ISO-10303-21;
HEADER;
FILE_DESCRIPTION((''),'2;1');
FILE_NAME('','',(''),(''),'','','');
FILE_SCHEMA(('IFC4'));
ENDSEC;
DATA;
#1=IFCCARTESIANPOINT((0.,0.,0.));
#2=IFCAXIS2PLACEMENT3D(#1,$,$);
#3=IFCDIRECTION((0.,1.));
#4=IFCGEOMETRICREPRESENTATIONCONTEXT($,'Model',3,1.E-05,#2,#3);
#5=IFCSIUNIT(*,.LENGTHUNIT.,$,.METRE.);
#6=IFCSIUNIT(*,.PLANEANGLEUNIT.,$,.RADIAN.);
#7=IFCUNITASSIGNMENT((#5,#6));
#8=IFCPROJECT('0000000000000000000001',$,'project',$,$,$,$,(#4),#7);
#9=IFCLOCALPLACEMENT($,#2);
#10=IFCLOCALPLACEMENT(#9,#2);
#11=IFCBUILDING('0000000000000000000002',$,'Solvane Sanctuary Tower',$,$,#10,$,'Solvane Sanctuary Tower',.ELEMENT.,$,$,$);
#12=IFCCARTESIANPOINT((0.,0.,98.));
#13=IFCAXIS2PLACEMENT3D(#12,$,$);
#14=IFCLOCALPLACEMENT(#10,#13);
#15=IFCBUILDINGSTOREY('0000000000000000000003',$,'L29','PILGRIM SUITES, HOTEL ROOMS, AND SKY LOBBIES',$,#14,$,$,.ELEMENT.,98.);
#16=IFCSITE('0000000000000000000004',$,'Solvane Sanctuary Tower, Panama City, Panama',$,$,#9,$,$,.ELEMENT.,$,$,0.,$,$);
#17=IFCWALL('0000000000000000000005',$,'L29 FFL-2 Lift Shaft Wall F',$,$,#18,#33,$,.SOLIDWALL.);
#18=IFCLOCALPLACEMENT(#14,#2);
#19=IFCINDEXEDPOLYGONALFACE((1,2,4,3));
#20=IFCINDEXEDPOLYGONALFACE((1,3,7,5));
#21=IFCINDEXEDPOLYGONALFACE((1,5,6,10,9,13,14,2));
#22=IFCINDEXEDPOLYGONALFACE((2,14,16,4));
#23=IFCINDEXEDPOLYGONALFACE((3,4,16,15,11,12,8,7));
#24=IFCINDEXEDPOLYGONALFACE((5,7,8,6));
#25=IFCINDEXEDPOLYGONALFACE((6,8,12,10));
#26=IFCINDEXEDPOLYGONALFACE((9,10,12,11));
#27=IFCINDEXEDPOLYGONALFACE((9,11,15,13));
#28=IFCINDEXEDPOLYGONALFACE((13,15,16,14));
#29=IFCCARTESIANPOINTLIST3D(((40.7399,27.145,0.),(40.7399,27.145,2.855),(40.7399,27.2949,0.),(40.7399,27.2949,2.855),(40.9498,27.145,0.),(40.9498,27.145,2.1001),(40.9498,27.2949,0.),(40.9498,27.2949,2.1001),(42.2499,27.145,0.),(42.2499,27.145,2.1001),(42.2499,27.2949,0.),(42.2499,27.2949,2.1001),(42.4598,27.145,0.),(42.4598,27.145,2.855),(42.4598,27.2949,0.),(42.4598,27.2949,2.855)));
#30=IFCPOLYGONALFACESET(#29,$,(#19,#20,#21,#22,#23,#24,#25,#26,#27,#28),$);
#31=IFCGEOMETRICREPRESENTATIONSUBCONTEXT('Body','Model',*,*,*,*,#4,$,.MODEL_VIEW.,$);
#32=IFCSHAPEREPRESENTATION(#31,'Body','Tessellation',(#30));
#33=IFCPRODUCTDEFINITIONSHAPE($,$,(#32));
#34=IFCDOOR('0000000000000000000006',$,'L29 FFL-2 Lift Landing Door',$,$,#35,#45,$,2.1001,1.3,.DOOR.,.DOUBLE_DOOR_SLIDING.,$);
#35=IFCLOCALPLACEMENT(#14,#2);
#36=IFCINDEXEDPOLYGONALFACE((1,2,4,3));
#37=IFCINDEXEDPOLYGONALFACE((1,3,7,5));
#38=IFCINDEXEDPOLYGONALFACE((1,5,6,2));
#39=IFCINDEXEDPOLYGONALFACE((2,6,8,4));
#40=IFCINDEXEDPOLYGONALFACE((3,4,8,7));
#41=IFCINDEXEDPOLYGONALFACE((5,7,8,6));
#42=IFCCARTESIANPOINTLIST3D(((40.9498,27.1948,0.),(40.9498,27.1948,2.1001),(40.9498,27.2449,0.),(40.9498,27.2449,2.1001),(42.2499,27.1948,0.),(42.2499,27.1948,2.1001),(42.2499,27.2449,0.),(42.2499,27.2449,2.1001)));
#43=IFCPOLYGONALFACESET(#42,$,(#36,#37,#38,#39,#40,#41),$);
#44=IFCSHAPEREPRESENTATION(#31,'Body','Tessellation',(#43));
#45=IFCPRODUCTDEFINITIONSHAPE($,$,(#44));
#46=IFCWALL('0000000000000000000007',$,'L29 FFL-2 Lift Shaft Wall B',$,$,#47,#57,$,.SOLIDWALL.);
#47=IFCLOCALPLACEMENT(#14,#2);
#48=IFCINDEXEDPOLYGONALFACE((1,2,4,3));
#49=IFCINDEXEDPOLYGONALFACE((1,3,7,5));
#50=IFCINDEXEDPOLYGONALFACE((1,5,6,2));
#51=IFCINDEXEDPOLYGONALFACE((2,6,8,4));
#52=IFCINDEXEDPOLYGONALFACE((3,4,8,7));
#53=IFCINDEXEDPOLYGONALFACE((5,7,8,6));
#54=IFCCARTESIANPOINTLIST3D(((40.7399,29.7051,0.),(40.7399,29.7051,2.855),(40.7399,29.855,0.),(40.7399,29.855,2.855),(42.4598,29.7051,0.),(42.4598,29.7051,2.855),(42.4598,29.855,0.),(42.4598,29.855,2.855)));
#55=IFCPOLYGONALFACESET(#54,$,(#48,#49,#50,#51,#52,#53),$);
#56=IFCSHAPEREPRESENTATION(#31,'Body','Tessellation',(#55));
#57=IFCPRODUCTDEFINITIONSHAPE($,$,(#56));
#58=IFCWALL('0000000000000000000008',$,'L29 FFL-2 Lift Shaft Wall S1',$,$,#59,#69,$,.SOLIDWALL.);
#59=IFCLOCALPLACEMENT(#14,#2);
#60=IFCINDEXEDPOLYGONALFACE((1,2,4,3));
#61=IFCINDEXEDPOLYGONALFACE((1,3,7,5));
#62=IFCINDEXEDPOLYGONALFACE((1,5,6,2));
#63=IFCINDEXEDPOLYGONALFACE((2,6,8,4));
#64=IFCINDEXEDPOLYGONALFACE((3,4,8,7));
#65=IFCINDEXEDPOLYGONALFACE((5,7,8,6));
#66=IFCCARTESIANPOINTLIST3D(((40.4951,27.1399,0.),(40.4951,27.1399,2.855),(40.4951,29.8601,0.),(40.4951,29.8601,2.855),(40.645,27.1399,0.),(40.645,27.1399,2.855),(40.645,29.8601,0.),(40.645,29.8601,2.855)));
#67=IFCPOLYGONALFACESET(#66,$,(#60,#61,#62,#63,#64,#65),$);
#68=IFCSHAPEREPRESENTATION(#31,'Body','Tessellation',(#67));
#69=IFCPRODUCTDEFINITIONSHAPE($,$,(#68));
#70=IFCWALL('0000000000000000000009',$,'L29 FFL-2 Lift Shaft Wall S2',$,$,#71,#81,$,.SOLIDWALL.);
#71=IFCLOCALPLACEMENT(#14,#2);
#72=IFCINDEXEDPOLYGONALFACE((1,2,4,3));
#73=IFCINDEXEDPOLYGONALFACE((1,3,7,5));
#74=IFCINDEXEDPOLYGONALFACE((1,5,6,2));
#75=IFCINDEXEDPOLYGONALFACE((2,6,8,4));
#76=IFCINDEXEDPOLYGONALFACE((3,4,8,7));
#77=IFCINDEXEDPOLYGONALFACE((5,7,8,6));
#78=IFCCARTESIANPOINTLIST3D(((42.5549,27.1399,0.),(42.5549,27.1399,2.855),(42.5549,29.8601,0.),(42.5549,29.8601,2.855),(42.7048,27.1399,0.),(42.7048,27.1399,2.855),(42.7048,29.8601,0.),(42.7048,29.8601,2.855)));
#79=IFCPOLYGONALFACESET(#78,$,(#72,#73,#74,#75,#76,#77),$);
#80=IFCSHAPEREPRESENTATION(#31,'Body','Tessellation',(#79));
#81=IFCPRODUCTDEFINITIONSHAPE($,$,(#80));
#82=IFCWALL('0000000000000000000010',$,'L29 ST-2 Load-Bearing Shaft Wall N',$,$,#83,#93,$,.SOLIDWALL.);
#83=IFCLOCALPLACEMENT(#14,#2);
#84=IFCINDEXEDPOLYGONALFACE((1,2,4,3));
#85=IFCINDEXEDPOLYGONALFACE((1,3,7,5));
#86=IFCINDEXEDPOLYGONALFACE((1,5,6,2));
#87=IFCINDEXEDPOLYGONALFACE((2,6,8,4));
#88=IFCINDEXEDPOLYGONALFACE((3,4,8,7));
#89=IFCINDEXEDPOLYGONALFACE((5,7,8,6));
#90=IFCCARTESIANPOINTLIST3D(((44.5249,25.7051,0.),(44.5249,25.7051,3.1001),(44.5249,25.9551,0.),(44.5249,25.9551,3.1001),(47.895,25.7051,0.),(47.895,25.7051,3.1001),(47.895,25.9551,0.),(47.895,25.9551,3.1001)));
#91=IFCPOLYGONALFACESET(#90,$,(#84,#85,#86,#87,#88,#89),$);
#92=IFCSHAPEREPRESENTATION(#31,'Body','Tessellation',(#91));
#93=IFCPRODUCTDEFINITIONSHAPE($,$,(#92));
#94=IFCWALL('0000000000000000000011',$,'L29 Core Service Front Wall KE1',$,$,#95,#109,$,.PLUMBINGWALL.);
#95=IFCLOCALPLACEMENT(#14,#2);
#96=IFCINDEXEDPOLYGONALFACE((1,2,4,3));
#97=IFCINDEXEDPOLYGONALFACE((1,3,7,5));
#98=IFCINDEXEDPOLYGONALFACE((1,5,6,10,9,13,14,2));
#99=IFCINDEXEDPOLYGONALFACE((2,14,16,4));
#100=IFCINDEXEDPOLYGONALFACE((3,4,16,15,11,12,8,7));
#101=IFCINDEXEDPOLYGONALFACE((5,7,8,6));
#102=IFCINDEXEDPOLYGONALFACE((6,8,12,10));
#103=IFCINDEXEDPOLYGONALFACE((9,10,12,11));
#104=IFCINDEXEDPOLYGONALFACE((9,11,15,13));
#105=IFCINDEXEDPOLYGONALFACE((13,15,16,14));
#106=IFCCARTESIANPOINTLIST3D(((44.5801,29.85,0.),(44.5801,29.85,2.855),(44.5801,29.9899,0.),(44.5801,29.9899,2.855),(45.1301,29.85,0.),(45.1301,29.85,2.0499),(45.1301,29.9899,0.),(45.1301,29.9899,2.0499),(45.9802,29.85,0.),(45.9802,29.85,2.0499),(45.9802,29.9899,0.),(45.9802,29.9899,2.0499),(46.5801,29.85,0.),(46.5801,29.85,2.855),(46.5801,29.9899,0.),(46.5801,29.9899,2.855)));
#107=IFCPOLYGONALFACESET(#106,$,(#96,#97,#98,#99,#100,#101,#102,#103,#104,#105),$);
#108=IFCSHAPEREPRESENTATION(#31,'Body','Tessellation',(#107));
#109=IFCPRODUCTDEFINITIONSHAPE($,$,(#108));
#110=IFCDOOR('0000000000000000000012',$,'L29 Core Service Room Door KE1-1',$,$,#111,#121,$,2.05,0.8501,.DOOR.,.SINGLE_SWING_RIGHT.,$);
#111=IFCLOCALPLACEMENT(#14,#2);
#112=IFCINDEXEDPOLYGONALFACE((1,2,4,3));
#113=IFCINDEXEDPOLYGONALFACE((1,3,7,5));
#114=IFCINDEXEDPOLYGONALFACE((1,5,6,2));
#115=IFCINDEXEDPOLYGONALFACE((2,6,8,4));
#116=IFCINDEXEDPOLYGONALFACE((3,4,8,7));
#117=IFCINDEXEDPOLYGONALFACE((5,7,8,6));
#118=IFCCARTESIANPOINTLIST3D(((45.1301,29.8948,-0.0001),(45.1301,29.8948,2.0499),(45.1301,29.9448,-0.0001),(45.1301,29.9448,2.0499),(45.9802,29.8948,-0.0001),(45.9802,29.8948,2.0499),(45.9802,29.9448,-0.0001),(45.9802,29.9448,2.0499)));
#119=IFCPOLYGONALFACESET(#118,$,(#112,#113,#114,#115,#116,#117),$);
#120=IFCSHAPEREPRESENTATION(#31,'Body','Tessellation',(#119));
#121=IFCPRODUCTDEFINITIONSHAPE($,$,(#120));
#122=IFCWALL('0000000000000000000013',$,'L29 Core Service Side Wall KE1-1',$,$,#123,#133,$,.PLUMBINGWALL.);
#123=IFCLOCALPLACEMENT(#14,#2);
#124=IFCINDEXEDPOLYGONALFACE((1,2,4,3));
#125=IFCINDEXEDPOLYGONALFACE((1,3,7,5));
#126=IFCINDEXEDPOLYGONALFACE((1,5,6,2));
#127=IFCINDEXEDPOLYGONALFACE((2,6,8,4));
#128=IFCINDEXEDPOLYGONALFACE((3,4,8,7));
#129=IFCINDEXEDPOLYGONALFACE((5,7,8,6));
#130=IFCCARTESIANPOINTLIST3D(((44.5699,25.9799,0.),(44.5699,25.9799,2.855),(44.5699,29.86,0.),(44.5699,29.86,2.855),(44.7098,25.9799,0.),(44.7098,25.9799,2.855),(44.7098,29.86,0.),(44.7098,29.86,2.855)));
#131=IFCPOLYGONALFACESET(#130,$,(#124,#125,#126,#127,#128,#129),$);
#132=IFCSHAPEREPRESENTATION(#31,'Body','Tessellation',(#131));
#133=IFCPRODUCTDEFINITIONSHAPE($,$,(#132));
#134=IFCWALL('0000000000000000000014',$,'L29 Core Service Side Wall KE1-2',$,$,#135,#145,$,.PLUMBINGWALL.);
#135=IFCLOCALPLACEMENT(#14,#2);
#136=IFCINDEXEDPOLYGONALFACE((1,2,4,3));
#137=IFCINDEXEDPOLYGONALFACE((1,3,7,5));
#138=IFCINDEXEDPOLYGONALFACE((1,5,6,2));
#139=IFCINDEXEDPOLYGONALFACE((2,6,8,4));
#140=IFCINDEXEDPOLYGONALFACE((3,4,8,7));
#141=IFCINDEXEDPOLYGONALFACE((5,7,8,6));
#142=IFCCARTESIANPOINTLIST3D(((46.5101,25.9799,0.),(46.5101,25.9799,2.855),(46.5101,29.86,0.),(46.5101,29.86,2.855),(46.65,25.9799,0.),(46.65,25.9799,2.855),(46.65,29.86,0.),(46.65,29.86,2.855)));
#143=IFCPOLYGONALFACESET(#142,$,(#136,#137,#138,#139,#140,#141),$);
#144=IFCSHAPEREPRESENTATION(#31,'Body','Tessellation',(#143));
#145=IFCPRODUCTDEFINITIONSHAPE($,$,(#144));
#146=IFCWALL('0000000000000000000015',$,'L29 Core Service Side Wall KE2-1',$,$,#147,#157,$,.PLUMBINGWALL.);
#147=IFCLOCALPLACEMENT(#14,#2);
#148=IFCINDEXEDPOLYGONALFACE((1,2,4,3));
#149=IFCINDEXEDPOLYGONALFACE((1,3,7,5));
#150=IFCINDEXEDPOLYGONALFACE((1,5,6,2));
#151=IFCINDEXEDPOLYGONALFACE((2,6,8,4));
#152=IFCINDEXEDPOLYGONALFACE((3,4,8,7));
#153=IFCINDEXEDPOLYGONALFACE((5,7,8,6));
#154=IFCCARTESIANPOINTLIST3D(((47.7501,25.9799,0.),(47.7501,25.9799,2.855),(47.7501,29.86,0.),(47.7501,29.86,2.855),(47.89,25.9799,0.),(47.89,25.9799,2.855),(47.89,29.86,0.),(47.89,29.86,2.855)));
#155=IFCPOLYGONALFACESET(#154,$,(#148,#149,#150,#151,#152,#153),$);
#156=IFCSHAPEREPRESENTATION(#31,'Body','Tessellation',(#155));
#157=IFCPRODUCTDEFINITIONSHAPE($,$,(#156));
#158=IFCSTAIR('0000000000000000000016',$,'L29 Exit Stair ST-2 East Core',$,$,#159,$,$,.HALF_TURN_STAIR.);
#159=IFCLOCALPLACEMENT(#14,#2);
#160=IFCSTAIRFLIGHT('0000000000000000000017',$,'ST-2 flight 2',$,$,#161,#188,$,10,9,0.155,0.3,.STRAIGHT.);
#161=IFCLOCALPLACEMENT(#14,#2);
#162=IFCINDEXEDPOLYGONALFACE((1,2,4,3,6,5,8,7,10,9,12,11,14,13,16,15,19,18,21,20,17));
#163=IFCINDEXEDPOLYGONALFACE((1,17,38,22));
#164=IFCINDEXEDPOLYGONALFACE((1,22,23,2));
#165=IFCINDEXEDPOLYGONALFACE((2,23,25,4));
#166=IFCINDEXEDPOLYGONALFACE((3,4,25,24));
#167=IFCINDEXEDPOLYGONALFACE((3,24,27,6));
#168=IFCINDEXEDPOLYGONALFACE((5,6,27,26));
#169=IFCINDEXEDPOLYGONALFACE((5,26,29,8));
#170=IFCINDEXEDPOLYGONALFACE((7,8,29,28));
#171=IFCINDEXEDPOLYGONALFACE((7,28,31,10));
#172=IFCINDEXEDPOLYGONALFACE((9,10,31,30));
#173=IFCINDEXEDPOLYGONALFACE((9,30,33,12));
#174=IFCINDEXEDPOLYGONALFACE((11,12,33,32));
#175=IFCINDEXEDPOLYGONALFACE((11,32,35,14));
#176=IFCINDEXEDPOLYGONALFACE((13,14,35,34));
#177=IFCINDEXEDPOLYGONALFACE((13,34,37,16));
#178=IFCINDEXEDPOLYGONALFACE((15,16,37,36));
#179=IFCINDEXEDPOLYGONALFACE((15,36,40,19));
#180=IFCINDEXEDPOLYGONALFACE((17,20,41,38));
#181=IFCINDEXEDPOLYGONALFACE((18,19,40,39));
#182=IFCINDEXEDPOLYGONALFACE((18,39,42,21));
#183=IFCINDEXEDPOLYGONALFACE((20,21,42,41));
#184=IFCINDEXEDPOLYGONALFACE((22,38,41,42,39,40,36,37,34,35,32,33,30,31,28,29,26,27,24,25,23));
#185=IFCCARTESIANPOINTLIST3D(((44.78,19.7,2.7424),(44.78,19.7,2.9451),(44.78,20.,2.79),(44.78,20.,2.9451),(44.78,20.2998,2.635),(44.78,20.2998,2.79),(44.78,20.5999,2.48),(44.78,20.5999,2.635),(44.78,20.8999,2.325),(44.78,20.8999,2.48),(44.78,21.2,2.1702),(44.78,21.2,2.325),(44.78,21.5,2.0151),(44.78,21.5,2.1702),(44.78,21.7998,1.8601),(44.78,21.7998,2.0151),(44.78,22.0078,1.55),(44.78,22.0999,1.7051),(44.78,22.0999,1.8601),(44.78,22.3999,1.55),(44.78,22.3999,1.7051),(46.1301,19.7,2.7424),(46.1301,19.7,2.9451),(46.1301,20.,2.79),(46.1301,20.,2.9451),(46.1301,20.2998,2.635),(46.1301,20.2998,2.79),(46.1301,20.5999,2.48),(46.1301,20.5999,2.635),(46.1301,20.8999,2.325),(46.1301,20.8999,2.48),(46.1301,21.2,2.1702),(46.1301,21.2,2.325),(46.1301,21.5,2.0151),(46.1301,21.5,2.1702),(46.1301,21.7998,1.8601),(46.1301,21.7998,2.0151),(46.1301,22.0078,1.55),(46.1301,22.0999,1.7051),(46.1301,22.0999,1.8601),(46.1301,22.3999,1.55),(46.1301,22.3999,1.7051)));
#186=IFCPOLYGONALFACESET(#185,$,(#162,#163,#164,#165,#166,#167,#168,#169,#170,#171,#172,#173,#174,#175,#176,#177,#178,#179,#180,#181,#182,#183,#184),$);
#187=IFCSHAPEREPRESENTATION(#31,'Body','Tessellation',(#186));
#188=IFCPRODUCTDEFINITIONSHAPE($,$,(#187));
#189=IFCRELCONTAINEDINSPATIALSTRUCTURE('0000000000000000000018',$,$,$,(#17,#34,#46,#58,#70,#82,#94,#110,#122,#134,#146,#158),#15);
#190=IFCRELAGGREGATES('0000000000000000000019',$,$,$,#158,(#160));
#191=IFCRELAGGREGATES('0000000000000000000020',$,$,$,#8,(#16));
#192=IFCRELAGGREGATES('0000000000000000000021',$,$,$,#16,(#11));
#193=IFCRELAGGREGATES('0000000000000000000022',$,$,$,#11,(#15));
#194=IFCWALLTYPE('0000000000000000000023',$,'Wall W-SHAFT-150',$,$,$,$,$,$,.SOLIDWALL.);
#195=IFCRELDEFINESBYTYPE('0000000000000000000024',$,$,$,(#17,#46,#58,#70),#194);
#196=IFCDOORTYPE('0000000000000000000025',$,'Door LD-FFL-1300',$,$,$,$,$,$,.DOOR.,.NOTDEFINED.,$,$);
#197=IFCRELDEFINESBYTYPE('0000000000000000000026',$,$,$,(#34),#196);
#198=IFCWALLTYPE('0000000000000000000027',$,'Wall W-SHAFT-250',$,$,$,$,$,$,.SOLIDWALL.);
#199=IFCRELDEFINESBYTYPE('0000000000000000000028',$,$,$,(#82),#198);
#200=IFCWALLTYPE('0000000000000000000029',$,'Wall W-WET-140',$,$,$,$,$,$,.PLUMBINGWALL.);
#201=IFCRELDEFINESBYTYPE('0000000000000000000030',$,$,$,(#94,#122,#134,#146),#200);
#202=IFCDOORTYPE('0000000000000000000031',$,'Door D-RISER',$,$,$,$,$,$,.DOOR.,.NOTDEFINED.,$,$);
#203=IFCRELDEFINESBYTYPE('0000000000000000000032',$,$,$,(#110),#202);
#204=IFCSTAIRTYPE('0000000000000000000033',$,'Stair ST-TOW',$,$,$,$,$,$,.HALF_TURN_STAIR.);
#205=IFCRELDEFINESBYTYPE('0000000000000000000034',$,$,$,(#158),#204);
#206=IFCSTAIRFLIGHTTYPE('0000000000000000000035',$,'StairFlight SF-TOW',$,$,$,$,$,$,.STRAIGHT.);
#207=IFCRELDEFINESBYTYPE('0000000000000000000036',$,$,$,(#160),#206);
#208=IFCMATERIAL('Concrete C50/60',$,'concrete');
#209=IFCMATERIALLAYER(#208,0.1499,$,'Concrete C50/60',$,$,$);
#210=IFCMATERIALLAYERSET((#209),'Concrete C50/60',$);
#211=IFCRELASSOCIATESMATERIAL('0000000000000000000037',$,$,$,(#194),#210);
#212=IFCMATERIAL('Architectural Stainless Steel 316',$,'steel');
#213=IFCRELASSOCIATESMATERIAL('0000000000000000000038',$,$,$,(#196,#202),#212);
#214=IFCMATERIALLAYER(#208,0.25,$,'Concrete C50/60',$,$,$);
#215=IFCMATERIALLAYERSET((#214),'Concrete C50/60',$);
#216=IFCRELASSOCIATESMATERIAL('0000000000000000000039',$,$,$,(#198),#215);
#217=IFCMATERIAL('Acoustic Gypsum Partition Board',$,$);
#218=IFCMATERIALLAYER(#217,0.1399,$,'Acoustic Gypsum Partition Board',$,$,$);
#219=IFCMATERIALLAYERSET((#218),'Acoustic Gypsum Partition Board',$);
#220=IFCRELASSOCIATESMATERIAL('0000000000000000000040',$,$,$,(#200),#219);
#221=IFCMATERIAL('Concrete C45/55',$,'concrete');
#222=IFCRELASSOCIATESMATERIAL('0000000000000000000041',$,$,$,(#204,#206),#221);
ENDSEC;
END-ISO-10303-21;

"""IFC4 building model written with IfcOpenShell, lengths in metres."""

from ifc_helpers import new_model, si_unit, direction, frame, frame_2d, origin, place, context, subcontext, project, spatial, polyline, rectangle, outline, extrude, material, layer, layer_set, type_object, element, fill, aggregate, save


model = new_model("IFC4")

# Units and contexts
model_context = context("Model", 3, precision=1e-05, world=origin(), true_north=direction((0.0, 1.0)))
body_context = subcontext(model_context, "Body", "Model", "MODEL_VIEW")
ifc_project = project(units=[si_unit("LENGTHUNIT", "METRE"), si_unit("PLANEANGLEUNIT", "RADIAN")], contexts=[model_context])

# Site, building, storey
site_placement = place(None, origin())
site = spatial("IfcSite", under=ifc_project, at=site_placement, Name="Solvane Sanctuary Tower, Panama City, Panama", CompositionType="ELEMENT", RefElevation=0.0)
building_placement = place(site_placement, origin())
building = spatial("IfcBuilding", under=site, at=building_placement, Name="Solvane Sanctuary Tower", LongName="Solvane Sanctuary Tower", CompositionType="ELEMENT")
storey_placement = place(building_placement, frame((0.0, 0.0, 98.0)))
storey = spatial("IfcBuildingStorey", under=building, at=storey_placement, Name="L29", Description="PILGRIM SUITES, HOTEL ROOMS, AND SKY LOBBIES", CompositionType="ELEMENT", Elevation=98.0)

# Shared definitions
ifc_material_1 = material(Name="Acoustic Gypsum Partition Board")

# Shared definitions
ifc_material_2 = material(Name="Concrete C50/60", Category="concrete")
ifc_layer_1 = layer(ifc_material_2, 0.1499, Name="Concrete C50/60")
ifc_layer_set_1 = layer_set([ifc_layer_1], Name="Concrete C50/60")
wall_type_1 = type_object("IfcWallType", Name="Wall W-SHAFT-150", PredefinedType="SOLIDWALL", material=ifc_layer_set_1)

# Wall, opening, door
wall_1_placement = place(storey_placement, frame((40.74, 27.22, 0.0), z_axis=(0.0, 0.0, 1.0), x_axis=(1.0, 0.0, 0.0)))
wall_1 = element("IfcWall", 1, at=wall_1_placement, inside=storey, type_object=wall_type_1, Name="L29 FFL-2 Lift Shaft Wall F", PredefinedType="SOLIDWALL", context=body_context, shape_type="SweptSolid", body=[
    extrude(rectangle(XDim=1.72, YDim=0.1499, at=frame_2d((0.8599, 0.0))), origin(), (0.0, 0.0, 1.0), 2.855),
])
opening_1_placement = place(wall_1_placement, frame((0.21, 0.0, 0.0)))
opening_1 = element("IfcOpeningElement", 2, at=opening_1_placement, cuts=wall_1, PredefinedType="OPENING", context=body_context, shape_type="SweptSolid", body=[
    extrude(rectangle(XDim=1.3, YDim=2.1001, at=frame_2d((0.6499, 1.05))), frame((0.0, 0.085, 0.0), z_axis=(0.0, -1.0, 0.0), x_axis=(1.0, 0.0, 0.0)), (0.0, 0.0, 1.0), 0.1699),
])
ifc_material_3 = material(Name="Architectural Stainless Steel 316", Category="steel")
door_type_1 = type_object("IfcDoorType", Name="Door LD-FFL-1300", OperationType="NOTDEFINED", PredefinedType="DOOR", material=ifc_material_3)
door_1_placement = place(opening_1_placement, origin())
door_1 = element("IfcDoor", 3, at=door_1_placement, inside=storey, type_object=door_type_1, Name="L29 FFL-2 Lift Landing Door", OperationType="DOUBLE_DOOR_SLIDING", OverallHeight=2.1001, OverallWidth=1.3, PredefinedType="DOOR", context=body_context, shape_type="SweptSolid", body=[
    extrude(rectangle(XDim=1.3, YDim=2.1001, at=frame_2d((0.6499, 1.05))), frame((0.0, 0.0249, 0.0), z_axis=(0.0, -1.0, 0.0), x_axis=(1.0, 0.0, 0.0)), (0.0, 0.0, 1.0), 0.05),
])
fill(opening_1, door_1)

# Walls
wall_2_placement = place(storey_placement, frame((40.74, 29.78, 0.0), z_axis=(0.0, 0.0, 1.0), x_axis=(1.0, 0.0, 0.0)))
element("IfcWall", 4, at=wall_2_placement, inside=storey, type_object=wall_type_1, Name="L29 FFL-2 Lift Shaft Wall B", PredefinedType="SOLIDWALL", context=body_context, shape_type="SweptSolid", body=[
    extrude(rectangle(XDim=1.72, YDim=0.1499, at=frame_2d((0.8599, 0.0))), origin(), (0.0, 0.0, 1.0), 2.855),
])
for number, where, z_axis, x_axis, name in (
    (5, (40.5701, 27.1399, 0.0), (0.0, 0.0, 1.0), (0.0, 1.0, 0.0), "L29 FFL-2 Lift Shaft Wall S1"),
    (6, (42.6299, 27.1399, 0.0), (0.0, 0.0, 1.0), (0.0, 1.0, 0.0), "L29 FFL-2 Lift Shaft Wall S2"),
):
    element("IfcWall", number, at=place(storey_placement, frame(where, z_axis=z_axis, x_axis=x_axis)), inside=storey, type_object=wall_type_1, Name=name, PredefinedType="SOLIDWALL", context=body_context, shape_type="SweptSolid", body=[
        extrude(rectangle(XDim=2.7202, YDim=0.1499, at=frame_2d((1.3601, 0.0))), origin(), (0.0, 0.0, 1.0), 2.855),
    ])
ifc_layer_2 = layer(ifc_material_2, 0.25, Name="Concrete C50/60")
ifc_layer_set_2 = layer_set([ifc_layer_2], Name="Concrete C50/60")
wall_type_2 = type_object("IfcWallType", Name="Wall W-SHAFT-250", PredefinedType="SOLIDWALL", material=ifc_layer_set_2)
wall_3_placement = place(storey_placement, frame((44.5249, 25.8301, 0.0), z_axis=(0.0, 0.0, 1.0), x_axis=(1.0, 0.0, 0.0)))
element("IfcWall", 7, at=wall_3_placement, inside=storey, type_object=wall_type_2, Name="L29 ST-2 Load-Bearing Shaft Wall N", PredefinedType="SOLIDWALL", context=body_context, shape_type="SweptSolid", body=[
    extrude(rectangle(XDim=3.3701, YDim=0.25, at=frame_2d((1.6851, 0.0))), origin(), (0.0, 0.0, 1.0), 3.1001),
])

# Wall, opening, door
ifc_layer_3 = layer(ifc_material_1, 0.1399, Name="Acoustic Gypsum Partition Board")
ifc_layer_set_3 = layer_set([ifc_layer_3], Name="Acoustic Gypsum Partition Board")
wall_type_3 = type_object("IfcWallType", Name="Wall W-WET-140", PredefinedType="PLUMBINGWALL", material=ifc_layer_set_3)
wall_4_placement = place(storey_placement, frame((44.5801, 29.9199, 0.0), z_axis=(0.0, 0.0, 1.0), x_axis=(1.0, 0.0, 0.0)))
wall_4 = element("IfcWall", 8, at=wall_4_placement, inside=storey, type_object=wall_type_3, Name="L29 Core Service Front Wall KE1", PredefinedType="PLUMBINGWALL", context=body_context, shape_type="SweptSolid", body=[
    extrude(rectangle(XDim=2.0, YDim=0.1399, at=frame_2d((1.0, 0.0))), origin(), (0.0, 0.0, 1.0), 2.855),
])
opening_2_placement = place(wall_4_placement, frame((0.55, 0.0, 0.0)))
opening_2 = element("IfcOpeningElement", 9, at=opening_2_placement, cuts=wall_4, PredefinedType="OPENING", context=body_context, shape_type="SweptSolid", body=[
    extrude(rectangle(XDim=0.8501, YDim=2.05, at=frame_2d((0.425, 1.0249))), frame((0.0, 0.0798, 0.0), z_axis=(0.0, -1.0, 0.0), x_axis=(1.0, 0.0, 0.0)), (0.0, 0.0, 1.0), 0.1599),
])
door_type_2 = type_object("IfcDoorType", Name="Door D-RISER", OperationType="NOTDEFINED", PredefinedType="DOOR", material=ifc_material_3)
door_2_placement = place(opening_2_placement, origin())
door_2 = element("IfcDoor", 10, at=door_2_placement, inside=storey, type_object=door_type_2, Name="L29 Core Service Room Door KE1-1", OperationType="SINGLE_SWING_RIGHT", OverallHeight=2.05, OverallWidth=0.8501, PredefinedType="DOOR", context=body_context, shape_type="SweptSolid", body=[
    extrude(rectangle(XDim=0.8501, YDim=2.05, at=frame_2d((0.425, 1.0249))), frame((0.0, 0.0249, 0.0), z_axis=(0.0, -1.0, 0.0), x_axis=(1.0, 0.0, 0.0)), (0.0, 0.0, 1.0), 0.05),
])
fill(opening_2, door_2)

# Walls
for number, where, z_axis, x_axis, name in (
    (11, (44.6399, 25.98, 0.0), (0.0, 0.0, 1.0), (0.0, 1.0, 0.0), "L29 Core Service Side Wall KE1-1"),
    (12, (46.5801, 25.98, 0.0), (0.0, 0.0, 1.0), (0.0, 1.0, 0.0), "L29 Core Service Side Wall KE1-2"),
    (13, (47.8201, 25.98, 0.0), (0.0, 0.0, 1.0), (0.0, 1.0, 0.0), "L29 Core Service Side Wall KE2-1"),
):
    element("IfcWall", number, at=place(storey_placement, frame(where, z_axis=z_axis, x_axis=x_axis)), inside=storey, type_object=wall_type_3, Name=name, PredefinedType="PLUMBINGWALL", context=body_context, shape_type="SweptSolid", body=[
        extrude(rectangle(XDim=3.8801, YDim=0.1399, at=frame_2d((1.9399, 0.0))), origin(), (0.0, 0.0, 1.0), 2.855),
    ])

# Stair, stair flight
ifc_material_4 = material(Name="Concrete C45/55", Category="concrete")
stair_type = type_object("IfcStairType", Name="Stair ST-TOW", PredefinedType="HALF_TURN_STAIR", material=ifc_material_4)
stair_placement = place(storey_placement, origin())
stair = element("IfcStair", 14, at=stair_placement, inside=storey, type_object=stair_type, Name="L29 Exit Stair ST-2 East Core", PredefinedType="HALF_TURN_STAIR")
stair_flight_type = type_object("IfcStairFlightType", Name="StairFlight SF-TOW", PredefinedType="STRAIGHT", material=ifc_material_4)
stair_flight_placement = place(storey_placement, frame((45.4551, 22.3999, 1.55), z_axis=(0.0, 0.0, 1.0), x_axis=(0.0, -1.0, 0.0)))
stair_flight = element("IfcStairFlight", 15, at=stair_flight_placement, type_object=stair_flight_type, Name="ST-2 flight 2", NumberOfRisers=10, NumberOfTreads=9, PredefinedType="STRAIGHT", RiserHeight=0.155, TreadLength=0.3, context=body_context, shape_type="SweptSolid", body=[
    extrude(outline(polyline([(0.0, 0.0), (0.0, 0.155), (0.3, 0.155), (0.3, 0.3101), (0.6001, 0.3101), (0.6001, 0.4651), (0.8999, 0.4651), (0.8999, 0.6201), (1.2, 0.6201), (1.2, 0.7749), (1.5, 0.7749), (1.5, 0.9299), (1.8, 0.9299), (1.8, 1.085), (2.1001, 1.085), (2.1001, 1.24), (2.3999, 1.24), (2.3999, 1.395), (2.7, 1.395), (2.7, 1.55), (2.7, 1.1924), (0.3921, 0.0), (0.0, 0.0)])), frame((0.0, 0.675, 0.0), z_axis=(0.0, -1.0, 0.0), x_axis=(1.0, 0.0, 0.0)), (0.0, 0.0, 1.0), 1.3501),
])
aggregate(stair, [stair_flight])

save(model, "model.ifc")
